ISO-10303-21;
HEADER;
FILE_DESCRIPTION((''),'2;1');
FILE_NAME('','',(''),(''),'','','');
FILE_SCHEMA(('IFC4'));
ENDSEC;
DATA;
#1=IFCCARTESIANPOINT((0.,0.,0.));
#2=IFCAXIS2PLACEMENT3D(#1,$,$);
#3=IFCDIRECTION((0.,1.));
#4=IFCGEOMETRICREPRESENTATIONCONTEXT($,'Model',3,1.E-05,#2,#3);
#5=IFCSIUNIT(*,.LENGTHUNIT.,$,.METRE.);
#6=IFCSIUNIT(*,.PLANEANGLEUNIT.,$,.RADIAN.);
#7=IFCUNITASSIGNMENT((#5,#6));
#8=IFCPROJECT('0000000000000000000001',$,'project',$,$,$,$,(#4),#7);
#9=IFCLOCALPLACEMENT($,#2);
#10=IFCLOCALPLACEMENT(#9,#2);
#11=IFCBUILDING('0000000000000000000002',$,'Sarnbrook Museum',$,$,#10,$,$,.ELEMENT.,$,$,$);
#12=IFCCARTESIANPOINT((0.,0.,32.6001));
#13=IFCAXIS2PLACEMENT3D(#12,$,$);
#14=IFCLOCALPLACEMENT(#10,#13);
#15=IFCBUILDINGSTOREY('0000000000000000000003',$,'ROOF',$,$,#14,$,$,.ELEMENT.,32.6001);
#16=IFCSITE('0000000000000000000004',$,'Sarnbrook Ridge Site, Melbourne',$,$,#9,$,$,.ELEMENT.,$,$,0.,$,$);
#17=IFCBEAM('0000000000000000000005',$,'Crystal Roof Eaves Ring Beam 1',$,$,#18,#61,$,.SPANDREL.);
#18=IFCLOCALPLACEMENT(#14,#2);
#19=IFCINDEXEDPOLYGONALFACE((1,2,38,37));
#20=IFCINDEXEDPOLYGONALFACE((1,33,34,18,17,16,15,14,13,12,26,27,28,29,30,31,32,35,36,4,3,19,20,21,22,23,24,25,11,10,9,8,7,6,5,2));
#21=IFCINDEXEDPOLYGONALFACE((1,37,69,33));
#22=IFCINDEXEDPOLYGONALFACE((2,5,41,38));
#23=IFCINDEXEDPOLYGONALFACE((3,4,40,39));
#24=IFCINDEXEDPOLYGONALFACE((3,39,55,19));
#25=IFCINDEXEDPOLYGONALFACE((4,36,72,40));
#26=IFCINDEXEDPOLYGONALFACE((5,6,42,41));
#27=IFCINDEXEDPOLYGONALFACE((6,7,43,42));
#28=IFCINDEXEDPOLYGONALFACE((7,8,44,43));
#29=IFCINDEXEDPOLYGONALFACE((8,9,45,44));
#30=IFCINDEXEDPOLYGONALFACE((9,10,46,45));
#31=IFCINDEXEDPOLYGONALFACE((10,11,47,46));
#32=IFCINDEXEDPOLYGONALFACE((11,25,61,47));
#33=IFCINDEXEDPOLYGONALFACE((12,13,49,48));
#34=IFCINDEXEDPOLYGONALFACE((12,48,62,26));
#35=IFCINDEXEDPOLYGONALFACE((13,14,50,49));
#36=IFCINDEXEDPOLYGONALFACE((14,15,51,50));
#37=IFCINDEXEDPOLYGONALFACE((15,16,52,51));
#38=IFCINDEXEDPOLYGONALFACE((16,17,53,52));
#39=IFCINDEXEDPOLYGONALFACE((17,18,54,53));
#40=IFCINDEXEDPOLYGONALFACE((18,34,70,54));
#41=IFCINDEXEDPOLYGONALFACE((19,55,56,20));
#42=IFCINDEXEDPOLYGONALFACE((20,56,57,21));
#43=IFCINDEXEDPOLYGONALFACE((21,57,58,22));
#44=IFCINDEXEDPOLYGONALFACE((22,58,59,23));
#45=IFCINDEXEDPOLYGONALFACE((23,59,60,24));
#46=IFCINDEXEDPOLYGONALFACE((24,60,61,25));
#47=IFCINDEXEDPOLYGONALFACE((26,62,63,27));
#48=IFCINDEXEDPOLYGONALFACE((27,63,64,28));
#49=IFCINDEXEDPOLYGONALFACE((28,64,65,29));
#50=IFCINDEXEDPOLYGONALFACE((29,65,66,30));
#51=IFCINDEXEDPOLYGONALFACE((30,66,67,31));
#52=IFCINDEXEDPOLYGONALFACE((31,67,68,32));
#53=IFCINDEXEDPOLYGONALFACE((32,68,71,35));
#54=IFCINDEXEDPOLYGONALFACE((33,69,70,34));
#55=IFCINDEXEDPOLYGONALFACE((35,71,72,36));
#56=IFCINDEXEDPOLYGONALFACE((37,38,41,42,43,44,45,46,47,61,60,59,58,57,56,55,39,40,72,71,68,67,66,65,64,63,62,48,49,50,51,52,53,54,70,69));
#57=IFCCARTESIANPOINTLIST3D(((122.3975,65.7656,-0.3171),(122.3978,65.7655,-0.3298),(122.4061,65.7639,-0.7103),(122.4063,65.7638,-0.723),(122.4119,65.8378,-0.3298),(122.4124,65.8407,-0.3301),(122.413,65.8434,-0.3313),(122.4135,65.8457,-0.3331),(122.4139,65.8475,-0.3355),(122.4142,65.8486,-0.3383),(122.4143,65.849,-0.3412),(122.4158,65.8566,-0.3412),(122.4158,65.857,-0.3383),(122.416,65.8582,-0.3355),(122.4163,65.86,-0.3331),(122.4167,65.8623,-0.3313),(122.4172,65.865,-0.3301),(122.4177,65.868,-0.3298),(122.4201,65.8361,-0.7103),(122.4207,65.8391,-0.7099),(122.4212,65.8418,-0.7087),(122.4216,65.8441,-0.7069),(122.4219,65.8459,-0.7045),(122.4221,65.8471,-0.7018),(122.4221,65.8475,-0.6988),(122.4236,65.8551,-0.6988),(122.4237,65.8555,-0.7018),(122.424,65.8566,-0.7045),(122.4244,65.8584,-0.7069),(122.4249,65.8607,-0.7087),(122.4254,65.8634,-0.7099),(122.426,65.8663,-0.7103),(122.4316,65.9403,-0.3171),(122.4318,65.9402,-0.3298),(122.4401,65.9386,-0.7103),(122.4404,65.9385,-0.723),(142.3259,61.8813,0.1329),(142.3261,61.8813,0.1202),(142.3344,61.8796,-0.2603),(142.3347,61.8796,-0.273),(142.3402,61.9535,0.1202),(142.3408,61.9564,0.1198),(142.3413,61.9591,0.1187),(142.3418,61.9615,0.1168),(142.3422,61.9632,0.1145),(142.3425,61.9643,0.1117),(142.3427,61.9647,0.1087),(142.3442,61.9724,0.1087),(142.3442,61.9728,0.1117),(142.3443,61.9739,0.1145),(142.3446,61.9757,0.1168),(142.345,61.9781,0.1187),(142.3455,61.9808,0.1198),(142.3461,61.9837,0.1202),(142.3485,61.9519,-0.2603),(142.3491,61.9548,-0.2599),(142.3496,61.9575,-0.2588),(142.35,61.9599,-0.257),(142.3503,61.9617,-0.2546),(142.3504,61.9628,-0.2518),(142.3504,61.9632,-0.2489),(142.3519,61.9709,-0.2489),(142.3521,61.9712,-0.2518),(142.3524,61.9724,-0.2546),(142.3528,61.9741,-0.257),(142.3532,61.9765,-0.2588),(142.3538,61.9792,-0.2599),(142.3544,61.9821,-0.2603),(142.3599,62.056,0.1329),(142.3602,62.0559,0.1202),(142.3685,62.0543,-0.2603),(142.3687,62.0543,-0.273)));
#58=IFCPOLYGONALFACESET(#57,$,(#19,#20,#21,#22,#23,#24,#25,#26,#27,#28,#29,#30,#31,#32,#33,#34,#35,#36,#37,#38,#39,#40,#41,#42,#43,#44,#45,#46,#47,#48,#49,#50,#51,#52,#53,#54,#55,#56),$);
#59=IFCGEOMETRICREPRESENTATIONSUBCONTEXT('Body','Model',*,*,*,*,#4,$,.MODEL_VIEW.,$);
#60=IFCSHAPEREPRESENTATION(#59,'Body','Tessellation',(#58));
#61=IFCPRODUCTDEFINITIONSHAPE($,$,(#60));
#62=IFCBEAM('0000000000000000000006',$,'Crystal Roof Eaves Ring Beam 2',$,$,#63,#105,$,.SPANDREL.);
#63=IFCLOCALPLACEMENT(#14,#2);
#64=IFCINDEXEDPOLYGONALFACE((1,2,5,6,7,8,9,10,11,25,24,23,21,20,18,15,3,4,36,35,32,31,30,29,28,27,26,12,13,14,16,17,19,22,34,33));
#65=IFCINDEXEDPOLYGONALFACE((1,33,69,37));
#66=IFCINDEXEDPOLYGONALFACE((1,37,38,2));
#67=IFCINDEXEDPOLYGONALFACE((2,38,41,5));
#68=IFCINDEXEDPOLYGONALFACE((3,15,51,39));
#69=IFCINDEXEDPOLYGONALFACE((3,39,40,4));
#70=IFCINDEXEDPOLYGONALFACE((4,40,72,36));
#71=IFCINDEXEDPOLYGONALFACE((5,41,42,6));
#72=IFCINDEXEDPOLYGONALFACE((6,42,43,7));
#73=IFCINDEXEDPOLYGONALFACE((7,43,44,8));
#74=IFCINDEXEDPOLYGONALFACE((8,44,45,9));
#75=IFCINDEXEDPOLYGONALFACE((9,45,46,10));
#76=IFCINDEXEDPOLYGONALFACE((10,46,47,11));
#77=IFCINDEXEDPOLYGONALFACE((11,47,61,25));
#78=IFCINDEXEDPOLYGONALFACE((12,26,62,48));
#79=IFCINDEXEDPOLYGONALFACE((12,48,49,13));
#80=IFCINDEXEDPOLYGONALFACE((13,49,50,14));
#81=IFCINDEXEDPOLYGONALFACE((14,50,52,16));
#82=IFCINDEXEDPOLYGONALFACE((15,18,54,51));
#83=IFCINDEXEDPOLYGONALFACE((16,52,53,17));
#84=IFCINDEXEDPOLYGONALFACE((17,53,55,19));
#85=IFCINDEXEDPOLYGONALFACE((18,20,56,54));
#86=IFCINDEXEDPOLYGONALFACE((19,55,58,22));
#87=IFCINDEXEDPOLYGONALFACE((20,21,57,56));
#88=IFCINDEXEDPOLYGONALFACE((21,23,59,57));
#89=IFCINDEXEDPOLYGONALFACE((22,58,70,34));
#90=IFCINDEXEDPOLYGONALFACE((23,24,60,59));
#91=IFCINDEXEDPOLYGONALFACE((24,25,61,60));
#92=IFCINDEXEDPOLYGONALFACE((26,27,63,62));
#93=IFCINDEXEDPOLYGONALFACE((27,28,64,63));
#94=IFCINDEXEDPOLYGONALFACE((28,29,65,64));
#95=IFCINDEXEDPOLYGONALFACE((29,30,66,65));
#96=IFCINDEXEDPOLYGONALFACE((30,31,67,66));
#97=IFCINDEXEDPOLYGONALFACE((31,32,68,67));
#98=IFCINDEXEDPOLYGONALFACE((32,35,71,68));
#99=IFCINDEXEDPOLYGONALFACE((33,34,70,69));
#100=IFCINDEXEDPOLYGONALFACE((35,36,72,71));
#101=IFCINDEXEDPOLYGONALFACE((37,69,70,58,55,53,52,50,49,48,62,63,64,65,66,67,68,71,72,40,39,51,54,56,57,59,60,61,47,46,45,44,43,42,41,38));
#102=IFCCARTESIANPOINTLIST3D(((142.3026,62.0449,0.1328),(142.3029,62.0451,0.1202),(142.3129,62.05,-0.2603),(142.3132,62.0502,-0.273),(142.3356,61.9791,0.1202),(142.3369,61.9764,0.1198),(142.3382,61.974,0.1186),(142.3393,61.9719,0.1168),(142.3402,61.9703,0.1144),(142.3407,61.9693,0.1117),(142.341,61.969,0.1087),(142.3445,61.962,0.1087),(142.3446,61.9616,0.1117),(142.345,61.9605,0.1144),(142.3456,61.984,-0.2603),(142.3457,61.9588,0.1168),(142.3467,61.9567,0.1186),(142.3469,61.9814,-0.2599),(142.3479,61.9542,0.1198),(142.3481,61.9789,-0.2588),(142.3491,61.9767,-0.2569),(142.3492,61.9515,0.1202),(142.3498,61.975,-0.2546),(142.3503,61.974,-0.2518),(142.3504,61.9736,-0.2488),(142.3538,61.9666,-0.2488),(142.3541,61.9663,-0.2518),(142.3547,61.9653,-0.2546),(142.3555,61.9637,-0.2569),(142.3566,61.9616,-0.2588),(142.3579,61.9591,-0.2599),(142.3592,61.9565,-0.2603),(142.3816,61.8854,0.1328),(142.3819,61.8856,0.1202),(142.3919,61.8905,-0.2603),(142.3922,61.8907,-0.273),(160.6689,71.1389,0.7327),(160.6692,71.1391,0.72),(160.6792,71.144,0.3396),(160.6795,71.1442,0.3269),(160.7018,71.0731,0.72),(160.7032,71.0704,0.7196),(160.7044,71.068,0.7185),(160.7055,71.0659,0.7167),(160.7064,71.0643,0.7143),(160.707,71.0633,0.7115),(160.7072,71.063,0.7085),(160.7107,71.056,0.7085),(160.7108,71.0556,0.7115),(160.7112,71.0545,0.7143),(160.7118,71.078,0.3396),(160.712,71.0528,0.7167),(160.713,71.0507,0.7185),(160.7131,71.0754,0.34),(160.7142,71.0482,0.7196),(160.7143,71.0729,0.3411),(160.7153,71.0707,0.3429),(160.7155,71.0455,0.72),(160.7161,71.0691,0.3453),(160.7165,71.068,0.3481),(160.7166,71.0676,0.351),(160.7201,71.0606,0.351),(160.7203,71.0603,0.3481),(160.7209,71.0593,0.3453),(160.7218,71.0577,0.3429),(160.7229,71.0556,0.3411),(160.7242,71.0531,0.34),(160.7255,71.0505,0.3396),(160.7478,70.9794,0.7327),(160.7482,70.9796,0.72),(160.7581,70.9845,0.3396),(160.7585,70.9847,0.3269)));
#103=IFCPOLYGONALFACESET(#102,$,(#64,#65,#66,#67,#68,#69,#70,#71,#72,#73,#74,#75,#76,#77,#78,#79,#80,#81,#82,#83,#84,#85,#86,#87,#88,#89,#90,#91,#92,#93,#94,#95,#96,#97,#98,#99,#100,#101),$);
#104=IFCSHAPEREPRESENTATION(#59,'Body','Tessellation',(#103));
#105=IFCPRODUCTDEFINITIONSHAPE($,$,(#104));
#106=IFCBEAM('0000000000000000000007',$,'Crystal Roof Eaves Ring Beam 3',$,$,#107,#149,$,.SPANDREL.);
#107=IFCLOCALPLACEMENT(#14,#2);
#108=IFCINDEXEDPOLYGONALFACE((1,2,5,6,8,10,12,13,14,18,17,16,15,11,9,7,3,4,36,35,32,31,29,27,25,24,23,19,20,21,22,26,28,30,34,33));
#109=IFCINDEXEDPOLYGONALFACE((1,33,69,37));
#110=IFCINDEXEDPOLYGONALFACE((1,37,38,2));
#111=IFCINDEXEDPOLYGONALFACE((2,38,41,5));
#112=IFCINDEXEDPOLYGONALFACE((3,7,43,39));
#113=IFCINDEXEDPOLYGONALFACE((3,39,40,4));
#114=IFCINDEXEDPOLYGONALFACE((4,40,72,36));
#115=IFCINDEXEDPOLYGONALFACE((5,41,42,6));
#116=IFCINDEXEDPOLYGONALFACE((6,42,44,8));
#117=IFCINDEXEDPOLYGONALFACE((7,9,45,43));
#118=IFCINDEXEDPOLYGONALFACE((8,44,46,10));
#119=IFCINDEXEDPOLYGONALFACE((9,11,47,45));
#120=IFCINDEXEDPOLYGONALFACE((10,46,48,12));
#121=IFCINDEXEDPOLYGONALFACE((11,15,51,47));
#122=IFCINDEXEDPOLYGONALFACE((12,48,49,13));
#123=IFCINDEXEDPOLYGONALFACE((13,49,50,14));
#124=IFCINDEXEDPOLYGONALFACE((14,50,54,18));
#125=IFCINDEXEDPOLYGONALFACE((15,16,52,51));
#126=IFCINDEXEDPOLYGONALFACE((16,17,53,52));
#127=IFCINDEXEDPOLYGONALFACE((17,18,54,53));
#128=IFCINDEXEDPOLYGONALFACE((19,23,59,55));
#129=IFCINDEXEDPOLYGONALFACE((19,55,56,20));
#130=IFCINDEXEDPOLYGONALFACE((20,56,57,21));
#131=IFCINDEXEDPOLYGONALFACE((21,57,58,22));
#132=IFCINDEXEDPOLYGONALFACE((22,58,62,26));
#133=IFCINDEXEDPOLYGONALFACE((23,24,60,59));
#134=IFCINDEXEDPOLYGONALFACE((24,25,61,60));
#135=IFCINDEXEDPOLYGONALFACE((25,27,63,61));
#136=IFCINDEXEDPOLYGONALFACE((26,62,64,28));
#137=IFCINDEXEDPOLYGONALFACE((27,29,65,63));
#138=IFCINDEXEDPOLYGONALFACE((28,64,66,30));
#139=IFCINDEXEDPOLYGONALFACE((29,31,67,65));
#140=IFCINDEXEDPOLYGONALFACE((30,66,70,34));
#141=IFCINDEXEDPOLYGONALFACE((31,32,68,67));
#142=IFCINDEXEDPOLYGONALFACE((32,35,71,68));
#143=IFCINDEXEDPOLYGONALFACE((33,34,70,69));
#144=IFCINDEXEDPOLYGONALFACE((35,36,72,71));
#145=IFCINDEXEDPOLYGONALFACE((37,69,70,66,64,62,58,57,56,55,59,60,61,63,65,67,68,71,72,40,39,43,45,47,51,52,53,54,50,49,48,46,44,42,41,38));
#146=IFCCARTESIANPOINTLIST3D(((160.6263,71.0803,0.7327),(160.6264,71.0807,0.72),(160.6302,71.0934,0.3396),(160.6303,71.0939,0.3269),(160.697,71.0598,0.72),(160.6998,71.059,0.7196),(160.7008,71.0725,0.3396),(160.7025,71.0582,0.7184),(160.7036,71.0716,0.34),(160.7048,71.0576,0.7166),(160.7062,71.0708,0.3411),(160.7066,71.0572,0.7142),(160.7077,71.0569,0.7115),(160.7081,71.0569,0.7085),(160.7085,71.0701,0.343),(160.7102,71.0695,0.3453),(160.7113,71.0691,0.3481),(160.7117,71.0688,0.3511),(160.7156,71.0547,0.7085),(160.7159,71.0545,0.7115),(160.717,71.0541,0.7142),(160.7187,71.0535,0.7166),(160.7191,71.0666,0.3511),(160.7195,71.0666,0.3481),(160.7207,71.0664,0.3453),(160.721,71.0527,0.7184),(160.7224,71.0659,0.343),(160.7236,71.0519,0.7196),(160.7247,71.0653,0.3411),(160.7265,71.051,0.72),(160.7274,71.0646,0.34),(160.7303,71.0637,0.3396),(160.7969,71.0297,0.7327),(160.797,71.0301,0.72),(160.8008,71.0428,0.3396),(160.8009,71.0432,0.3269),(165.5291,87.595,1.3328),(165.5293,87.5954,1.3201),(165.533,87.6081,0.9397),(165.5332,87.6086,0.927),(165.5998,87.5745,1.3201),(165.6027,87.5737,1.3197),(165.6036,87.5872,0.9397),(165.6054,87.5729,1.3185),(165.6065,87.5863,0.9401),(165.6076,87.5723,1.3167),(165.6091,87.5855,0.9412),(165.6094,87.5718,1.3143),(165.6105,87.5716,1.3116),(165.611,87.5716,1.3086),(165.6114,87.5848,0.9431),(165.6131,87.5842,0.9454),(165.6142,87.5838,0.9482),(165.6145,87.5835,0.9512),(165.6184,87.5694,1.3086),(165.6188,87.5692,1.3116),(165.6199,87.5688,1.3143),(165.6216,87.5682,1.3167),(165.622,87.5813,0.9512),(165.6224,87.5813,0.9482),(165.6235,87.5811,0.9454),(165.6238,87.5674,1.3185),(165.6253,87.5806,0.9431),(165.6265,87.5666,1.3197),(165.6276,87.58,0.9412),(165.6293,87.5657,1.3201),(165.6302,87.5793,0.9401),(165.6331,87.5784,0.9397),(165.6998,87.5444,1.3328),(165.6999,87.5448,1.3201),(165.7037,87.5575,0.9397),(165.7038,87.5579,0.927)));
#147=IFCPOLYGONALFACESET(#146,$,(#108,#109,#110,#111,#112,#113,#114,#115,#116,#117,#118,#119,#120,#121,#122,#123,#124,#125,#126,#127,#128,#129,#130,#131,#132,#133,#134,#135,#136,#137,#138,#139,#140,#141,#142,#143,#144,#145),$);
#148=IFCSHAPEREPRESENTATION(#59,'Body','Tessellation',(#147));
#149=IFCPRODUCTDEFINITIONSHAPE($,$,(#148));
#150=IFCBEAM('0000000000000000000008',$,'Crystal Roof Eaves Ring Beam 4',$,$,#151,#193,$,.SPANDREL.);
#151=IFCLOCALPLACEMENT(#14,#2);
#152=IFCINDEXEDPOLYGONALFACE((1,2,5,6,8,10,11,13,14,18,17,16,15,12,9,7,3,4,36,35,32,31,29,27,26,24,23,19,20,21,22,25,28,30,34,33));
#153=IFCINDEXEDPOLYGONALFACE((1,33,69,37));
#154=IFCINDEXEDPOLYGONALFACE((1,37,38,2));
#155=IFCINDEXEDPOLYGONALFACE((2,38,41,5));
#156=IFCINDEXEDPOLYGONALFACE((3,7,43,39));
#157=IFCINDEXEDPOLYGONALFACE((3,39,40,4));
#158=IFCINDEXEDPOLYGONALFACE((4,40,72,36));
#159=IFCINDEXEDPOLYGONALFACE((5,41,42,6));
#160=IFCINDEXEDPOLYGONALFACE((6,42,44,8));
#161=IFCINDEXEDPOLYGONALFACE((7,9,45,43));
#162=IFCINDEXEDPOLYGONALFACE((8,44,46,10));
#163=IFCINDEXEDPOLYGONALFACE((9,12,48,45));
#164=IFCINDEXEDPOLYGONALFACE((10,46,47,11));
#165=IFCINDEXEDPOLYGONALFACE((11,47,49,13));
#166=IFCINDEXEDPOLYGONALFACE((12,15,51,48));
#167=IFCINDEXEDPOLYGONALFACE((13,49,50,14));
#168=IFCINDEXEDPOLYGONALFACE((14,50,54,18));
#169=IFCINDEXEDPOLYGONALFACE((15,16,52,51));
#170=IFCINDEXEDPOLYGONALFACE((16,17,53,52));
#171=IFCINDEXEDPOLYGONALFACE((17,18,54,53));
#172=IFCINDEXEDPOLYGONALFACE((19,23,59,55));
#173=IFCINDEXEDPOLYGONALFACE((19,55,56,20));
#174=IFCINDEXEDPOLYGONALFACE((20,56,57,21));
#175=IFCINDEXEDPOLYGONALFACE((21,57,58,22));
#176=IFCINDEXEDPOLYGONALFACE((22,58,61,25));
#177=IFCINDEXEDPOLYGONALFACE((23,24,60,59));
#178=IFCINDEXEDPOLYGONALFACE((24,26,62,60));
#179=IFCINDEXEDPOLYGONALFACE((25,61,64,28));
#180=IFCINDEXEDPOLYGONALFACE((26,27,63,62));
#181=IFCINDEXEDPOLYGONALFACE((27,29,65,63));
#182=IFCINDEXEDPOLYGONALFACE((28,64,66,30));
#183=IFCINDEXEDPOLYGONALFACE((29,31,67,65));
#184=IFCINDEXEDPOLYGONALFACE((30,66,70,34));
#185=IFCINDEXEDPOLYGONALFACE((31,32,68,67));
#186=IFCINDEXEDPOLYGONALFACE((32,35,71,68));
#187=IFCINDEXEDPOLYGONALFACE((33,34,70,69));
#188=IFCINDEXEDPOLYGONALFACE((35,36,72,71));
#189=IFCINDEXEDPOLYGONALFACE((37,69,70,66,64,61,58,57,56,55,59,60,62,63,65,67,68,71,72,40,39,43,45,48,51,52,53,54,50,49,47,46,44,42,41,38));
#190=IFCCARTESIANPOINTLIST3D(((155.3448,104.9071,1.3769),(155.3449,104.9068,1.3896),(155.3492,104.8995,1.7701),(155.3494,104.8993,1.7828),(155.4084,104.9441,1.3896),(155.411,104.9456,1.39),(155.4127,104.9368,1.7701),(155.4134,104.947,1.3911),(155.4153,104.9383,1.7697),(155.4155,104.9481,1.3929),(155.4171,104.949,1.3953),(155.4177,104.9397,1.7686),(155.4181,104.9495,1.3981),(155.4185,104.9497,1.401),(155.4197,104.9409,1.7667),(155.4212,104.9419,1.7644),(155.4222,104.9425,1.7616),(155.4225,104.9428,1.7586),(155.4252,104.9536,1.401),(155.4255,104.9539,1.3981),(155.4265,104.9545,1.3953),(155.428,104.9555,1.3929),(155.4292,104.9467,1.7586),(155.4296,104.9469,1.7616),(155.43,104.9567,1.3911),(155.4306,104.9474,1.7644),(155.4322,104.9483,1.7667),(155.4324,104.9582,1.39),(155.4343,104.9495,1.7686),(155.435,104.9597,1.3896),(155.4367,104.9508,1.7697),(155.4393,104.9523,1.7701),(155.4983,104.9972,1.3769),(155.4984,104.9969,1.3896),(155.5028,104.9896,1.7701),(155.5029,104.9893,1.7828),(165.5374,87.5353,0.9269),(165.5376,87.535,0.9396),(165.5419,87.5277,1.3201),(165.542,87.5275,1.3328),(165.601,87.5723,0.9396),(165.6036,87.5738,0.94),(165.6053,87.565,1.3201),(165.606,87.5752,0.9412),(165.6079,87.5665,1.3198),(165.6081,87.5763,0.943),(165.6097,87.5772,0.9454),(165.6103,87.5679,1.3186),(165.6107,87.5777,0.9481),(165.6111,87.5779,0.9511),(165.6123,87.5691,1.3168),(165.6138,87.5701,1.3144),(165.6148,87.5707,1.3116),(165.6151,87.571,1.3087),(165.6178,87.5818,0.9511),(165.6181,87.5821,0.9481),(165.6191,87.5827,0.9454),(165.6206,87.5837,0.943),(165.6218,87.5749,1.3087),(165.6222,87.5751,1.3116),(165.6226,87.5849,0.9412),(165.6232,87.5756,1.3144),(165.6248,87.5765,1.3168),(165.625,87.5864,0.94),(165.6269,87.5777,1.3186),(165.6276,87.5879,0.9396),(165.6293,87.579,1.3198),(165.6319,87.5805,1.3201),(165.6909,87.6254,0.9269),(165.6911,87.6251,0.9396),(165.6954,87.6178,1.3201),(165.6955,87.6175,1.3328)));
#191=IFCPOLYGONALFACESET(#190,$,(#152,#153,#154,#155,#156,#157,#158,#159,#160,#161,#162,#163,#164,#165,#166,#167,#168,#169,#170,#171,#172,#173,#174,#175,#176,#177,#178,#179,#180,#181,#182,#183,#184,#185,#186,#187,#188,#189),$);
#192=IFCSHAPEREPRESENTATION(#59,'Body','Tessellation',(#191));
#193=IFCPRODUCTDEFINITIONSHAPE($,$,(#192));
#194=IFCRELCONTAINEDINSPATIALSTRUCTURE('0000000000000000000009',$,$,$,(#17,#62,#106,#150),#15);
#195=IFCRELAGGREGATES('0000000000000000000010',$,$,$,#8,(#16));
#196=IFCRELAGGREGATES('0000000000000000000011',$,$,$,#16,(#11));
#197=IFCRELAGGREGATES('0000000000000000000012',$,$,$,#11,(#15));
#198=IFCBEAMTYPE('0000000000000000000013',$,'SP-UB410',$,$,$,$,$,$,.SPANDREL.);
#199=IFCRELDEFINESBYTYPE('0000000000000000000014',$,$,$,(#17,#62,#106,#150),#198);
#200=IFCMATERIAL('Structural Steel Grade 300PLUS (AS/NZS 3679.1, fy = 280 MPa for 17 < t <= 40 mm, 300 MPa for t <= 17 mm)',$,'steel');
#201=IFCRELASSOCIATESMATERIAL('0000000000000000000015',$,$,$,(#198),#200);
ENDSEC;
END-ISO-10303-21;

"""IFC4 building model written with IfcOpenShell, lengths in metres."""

from ifc_helpers import new_model, si_unit, direction, frame, origin, origin_2d, place, context, subcontext, project, spatial, i_section, extrude, material, material_profile, profile_set, type_object, element, save


model = new_model("IFC4")

# Units and contexts
model_context = context("Model", 3, precision=1e-05, world=origin(), true_north=direction((0.0, 1.0)))
body_context = subcontext(model_context, "Body", "Model", "MODEL_VIEW")
ifc_project = project(units=[si_unit("LENGTHUNIT", "METRE"), si_unit("PLANEANGLEUNIT", "RADIAN")], contexts=[model_context])

# Site, building, storey
site_placement = place(None, origin())
site = spatial("IfcSite", under=ifc_project, at=site_placement, Name="Sarnbrook Ridge Site, Melbourne", CompositionType="ELEMENT", RefElevation=0.0)
building_placement = place(site_placement, origin())
building = spatial("IfcBuilding", under=site, at=building_placement, Name="Sarnbrook Museum", CompositionType="ELEMENT")
storey_placement = place(building_placement, frame((0.0, 0.0, 32.6001)))
storey = spatial("IfcBuildingStorey", under=building, at=storey_placement, Name="ROOF", CompositionType="ELEMENT", Elevation=32.6001)

# Beams
ifc_material_1 = material(Name="Structural Steel Grade 300PLUS (AS/NZS 3679.1, fy = 280 MPa for 17 < t <= 40 mm, 300 MPa for t <= 17 mm)", Category="steel")
ifc_material_profile = material_profile(ifc_material_1, i_section(OverallWidth=0.178, OverallDepth=0.406, WebThickness=0.0078, FlangeThickness=0.0127, FilletRadius=0.0115, at=origin_2d()), Name="410UB59.7")
ifc_profile_set = profile_set([ifc_material_profile], Name="Structural Steel Grade 300PLUS (AS/NZS 3679.1, fy = 280 MPa for 17 < t <= 40 mm, 300 MPa for t <= 17 mm)")
beam_type = type_object("IfcBeamType", Name="SP-UB410", PredefinedType="SPANDREL", material=ifc_profile_set)
beam_1_placement = place(storey_placement, frame((122.4189, 65.8521, -0.52), z_axis=(0.981289, -0.191264, 0.022156), x_axis=(0.191311, 0.981529, 0.0)))
element("IfcBeam", 1, at=beam_1_placement, inside=storey, type_object=beam_type, Name="Crystal Roof Eaves Ring Beam 1", PredefinedType="SPANDREL", context=body_context, shape_type="SweptSolid", body=[
    extrude(i_section(OverallWidth=0.178, OverallDepth=0.406, WebThickness=0.0078, FlangeThickness=0.0127, FilletRadius=0.0115, at=origin_2d()), origin(), (0.0, 0.0, 1.0), 20.3083),
])
beam_2_placement = place(storey_placement, frame((142.3474, 61.9678, -0.0701), z_axis=(0.895776, 0.443542, 0.029257), x_axis=(-0.443732, 0.89616, 0.0)))
element("IfcBeam", 2, at=beam_2_placement, inside=storey, type_object=beam_type, Name="Crystal Roof Eaves Ring Beam 2", PredefinedType="SPANDREL", context=body_context, shape_type="SweptSolid", body=[
    extrude(i_section(OverallWidth=0.178, OverallDepth=0.406, WebThickness=0.0078, FlangeThickness=0.0127, FilletRadius=0.0115, at=origin_2d()), origin(), (0.0, 0.0, 1.0), 20.5032),
])
beam_3_placement = place(storey_placement, frame((160.7136, 71.0618, 0.5298), z_axis=(0.284428, 0.958065, 0.034813), x_axis=(-0.958646, 0.284601, 0.0)))
element("IfcBeam", 3, at=beam_3_placement, inside=storey, type_object=beam_type, Name="Crystal Roof Eaves Ring Beam 3", PredefinedType="SPANDREL", context=body_context, shape_type="SweptSolid", body=[
    extrude(i_section(OverallWidth=0.178, OverallDepth=0.406, WebThickness=0.0078, FlangeThickness=0.0127, FilletRadius=0.0115, at=origin_2d()), origin(), (0.0, 0.0, 1.0), 17.2375),
])
beam_4_placement = place(storey_placement, frame((165.6165, 87.5764, 1.1299), z_axis=(-0.505931, 0.862285, 0.022334), x_axis=(-0.8625, -0.506057, 0.0)))
element("IfcBeam", 4, at=beam_4_placement, inside=storey, type_object=beam_type, Name="Crystal Roof Eaves Ring Beam 4", PredefinedType="SPANDREL", context=body_context, shape_type="SweptSolid", body=[
    extrude(i_section(OverallWidth=0.178, OverallDepth=0.406, WebThickness=0.0078, FlangeThickness=0.0127, FilletRadius=0.0115, at=origin_2d()), origin(), (0.0, 0.0, 1.0), 20.1462),
])

save(model, "model.ifc")
